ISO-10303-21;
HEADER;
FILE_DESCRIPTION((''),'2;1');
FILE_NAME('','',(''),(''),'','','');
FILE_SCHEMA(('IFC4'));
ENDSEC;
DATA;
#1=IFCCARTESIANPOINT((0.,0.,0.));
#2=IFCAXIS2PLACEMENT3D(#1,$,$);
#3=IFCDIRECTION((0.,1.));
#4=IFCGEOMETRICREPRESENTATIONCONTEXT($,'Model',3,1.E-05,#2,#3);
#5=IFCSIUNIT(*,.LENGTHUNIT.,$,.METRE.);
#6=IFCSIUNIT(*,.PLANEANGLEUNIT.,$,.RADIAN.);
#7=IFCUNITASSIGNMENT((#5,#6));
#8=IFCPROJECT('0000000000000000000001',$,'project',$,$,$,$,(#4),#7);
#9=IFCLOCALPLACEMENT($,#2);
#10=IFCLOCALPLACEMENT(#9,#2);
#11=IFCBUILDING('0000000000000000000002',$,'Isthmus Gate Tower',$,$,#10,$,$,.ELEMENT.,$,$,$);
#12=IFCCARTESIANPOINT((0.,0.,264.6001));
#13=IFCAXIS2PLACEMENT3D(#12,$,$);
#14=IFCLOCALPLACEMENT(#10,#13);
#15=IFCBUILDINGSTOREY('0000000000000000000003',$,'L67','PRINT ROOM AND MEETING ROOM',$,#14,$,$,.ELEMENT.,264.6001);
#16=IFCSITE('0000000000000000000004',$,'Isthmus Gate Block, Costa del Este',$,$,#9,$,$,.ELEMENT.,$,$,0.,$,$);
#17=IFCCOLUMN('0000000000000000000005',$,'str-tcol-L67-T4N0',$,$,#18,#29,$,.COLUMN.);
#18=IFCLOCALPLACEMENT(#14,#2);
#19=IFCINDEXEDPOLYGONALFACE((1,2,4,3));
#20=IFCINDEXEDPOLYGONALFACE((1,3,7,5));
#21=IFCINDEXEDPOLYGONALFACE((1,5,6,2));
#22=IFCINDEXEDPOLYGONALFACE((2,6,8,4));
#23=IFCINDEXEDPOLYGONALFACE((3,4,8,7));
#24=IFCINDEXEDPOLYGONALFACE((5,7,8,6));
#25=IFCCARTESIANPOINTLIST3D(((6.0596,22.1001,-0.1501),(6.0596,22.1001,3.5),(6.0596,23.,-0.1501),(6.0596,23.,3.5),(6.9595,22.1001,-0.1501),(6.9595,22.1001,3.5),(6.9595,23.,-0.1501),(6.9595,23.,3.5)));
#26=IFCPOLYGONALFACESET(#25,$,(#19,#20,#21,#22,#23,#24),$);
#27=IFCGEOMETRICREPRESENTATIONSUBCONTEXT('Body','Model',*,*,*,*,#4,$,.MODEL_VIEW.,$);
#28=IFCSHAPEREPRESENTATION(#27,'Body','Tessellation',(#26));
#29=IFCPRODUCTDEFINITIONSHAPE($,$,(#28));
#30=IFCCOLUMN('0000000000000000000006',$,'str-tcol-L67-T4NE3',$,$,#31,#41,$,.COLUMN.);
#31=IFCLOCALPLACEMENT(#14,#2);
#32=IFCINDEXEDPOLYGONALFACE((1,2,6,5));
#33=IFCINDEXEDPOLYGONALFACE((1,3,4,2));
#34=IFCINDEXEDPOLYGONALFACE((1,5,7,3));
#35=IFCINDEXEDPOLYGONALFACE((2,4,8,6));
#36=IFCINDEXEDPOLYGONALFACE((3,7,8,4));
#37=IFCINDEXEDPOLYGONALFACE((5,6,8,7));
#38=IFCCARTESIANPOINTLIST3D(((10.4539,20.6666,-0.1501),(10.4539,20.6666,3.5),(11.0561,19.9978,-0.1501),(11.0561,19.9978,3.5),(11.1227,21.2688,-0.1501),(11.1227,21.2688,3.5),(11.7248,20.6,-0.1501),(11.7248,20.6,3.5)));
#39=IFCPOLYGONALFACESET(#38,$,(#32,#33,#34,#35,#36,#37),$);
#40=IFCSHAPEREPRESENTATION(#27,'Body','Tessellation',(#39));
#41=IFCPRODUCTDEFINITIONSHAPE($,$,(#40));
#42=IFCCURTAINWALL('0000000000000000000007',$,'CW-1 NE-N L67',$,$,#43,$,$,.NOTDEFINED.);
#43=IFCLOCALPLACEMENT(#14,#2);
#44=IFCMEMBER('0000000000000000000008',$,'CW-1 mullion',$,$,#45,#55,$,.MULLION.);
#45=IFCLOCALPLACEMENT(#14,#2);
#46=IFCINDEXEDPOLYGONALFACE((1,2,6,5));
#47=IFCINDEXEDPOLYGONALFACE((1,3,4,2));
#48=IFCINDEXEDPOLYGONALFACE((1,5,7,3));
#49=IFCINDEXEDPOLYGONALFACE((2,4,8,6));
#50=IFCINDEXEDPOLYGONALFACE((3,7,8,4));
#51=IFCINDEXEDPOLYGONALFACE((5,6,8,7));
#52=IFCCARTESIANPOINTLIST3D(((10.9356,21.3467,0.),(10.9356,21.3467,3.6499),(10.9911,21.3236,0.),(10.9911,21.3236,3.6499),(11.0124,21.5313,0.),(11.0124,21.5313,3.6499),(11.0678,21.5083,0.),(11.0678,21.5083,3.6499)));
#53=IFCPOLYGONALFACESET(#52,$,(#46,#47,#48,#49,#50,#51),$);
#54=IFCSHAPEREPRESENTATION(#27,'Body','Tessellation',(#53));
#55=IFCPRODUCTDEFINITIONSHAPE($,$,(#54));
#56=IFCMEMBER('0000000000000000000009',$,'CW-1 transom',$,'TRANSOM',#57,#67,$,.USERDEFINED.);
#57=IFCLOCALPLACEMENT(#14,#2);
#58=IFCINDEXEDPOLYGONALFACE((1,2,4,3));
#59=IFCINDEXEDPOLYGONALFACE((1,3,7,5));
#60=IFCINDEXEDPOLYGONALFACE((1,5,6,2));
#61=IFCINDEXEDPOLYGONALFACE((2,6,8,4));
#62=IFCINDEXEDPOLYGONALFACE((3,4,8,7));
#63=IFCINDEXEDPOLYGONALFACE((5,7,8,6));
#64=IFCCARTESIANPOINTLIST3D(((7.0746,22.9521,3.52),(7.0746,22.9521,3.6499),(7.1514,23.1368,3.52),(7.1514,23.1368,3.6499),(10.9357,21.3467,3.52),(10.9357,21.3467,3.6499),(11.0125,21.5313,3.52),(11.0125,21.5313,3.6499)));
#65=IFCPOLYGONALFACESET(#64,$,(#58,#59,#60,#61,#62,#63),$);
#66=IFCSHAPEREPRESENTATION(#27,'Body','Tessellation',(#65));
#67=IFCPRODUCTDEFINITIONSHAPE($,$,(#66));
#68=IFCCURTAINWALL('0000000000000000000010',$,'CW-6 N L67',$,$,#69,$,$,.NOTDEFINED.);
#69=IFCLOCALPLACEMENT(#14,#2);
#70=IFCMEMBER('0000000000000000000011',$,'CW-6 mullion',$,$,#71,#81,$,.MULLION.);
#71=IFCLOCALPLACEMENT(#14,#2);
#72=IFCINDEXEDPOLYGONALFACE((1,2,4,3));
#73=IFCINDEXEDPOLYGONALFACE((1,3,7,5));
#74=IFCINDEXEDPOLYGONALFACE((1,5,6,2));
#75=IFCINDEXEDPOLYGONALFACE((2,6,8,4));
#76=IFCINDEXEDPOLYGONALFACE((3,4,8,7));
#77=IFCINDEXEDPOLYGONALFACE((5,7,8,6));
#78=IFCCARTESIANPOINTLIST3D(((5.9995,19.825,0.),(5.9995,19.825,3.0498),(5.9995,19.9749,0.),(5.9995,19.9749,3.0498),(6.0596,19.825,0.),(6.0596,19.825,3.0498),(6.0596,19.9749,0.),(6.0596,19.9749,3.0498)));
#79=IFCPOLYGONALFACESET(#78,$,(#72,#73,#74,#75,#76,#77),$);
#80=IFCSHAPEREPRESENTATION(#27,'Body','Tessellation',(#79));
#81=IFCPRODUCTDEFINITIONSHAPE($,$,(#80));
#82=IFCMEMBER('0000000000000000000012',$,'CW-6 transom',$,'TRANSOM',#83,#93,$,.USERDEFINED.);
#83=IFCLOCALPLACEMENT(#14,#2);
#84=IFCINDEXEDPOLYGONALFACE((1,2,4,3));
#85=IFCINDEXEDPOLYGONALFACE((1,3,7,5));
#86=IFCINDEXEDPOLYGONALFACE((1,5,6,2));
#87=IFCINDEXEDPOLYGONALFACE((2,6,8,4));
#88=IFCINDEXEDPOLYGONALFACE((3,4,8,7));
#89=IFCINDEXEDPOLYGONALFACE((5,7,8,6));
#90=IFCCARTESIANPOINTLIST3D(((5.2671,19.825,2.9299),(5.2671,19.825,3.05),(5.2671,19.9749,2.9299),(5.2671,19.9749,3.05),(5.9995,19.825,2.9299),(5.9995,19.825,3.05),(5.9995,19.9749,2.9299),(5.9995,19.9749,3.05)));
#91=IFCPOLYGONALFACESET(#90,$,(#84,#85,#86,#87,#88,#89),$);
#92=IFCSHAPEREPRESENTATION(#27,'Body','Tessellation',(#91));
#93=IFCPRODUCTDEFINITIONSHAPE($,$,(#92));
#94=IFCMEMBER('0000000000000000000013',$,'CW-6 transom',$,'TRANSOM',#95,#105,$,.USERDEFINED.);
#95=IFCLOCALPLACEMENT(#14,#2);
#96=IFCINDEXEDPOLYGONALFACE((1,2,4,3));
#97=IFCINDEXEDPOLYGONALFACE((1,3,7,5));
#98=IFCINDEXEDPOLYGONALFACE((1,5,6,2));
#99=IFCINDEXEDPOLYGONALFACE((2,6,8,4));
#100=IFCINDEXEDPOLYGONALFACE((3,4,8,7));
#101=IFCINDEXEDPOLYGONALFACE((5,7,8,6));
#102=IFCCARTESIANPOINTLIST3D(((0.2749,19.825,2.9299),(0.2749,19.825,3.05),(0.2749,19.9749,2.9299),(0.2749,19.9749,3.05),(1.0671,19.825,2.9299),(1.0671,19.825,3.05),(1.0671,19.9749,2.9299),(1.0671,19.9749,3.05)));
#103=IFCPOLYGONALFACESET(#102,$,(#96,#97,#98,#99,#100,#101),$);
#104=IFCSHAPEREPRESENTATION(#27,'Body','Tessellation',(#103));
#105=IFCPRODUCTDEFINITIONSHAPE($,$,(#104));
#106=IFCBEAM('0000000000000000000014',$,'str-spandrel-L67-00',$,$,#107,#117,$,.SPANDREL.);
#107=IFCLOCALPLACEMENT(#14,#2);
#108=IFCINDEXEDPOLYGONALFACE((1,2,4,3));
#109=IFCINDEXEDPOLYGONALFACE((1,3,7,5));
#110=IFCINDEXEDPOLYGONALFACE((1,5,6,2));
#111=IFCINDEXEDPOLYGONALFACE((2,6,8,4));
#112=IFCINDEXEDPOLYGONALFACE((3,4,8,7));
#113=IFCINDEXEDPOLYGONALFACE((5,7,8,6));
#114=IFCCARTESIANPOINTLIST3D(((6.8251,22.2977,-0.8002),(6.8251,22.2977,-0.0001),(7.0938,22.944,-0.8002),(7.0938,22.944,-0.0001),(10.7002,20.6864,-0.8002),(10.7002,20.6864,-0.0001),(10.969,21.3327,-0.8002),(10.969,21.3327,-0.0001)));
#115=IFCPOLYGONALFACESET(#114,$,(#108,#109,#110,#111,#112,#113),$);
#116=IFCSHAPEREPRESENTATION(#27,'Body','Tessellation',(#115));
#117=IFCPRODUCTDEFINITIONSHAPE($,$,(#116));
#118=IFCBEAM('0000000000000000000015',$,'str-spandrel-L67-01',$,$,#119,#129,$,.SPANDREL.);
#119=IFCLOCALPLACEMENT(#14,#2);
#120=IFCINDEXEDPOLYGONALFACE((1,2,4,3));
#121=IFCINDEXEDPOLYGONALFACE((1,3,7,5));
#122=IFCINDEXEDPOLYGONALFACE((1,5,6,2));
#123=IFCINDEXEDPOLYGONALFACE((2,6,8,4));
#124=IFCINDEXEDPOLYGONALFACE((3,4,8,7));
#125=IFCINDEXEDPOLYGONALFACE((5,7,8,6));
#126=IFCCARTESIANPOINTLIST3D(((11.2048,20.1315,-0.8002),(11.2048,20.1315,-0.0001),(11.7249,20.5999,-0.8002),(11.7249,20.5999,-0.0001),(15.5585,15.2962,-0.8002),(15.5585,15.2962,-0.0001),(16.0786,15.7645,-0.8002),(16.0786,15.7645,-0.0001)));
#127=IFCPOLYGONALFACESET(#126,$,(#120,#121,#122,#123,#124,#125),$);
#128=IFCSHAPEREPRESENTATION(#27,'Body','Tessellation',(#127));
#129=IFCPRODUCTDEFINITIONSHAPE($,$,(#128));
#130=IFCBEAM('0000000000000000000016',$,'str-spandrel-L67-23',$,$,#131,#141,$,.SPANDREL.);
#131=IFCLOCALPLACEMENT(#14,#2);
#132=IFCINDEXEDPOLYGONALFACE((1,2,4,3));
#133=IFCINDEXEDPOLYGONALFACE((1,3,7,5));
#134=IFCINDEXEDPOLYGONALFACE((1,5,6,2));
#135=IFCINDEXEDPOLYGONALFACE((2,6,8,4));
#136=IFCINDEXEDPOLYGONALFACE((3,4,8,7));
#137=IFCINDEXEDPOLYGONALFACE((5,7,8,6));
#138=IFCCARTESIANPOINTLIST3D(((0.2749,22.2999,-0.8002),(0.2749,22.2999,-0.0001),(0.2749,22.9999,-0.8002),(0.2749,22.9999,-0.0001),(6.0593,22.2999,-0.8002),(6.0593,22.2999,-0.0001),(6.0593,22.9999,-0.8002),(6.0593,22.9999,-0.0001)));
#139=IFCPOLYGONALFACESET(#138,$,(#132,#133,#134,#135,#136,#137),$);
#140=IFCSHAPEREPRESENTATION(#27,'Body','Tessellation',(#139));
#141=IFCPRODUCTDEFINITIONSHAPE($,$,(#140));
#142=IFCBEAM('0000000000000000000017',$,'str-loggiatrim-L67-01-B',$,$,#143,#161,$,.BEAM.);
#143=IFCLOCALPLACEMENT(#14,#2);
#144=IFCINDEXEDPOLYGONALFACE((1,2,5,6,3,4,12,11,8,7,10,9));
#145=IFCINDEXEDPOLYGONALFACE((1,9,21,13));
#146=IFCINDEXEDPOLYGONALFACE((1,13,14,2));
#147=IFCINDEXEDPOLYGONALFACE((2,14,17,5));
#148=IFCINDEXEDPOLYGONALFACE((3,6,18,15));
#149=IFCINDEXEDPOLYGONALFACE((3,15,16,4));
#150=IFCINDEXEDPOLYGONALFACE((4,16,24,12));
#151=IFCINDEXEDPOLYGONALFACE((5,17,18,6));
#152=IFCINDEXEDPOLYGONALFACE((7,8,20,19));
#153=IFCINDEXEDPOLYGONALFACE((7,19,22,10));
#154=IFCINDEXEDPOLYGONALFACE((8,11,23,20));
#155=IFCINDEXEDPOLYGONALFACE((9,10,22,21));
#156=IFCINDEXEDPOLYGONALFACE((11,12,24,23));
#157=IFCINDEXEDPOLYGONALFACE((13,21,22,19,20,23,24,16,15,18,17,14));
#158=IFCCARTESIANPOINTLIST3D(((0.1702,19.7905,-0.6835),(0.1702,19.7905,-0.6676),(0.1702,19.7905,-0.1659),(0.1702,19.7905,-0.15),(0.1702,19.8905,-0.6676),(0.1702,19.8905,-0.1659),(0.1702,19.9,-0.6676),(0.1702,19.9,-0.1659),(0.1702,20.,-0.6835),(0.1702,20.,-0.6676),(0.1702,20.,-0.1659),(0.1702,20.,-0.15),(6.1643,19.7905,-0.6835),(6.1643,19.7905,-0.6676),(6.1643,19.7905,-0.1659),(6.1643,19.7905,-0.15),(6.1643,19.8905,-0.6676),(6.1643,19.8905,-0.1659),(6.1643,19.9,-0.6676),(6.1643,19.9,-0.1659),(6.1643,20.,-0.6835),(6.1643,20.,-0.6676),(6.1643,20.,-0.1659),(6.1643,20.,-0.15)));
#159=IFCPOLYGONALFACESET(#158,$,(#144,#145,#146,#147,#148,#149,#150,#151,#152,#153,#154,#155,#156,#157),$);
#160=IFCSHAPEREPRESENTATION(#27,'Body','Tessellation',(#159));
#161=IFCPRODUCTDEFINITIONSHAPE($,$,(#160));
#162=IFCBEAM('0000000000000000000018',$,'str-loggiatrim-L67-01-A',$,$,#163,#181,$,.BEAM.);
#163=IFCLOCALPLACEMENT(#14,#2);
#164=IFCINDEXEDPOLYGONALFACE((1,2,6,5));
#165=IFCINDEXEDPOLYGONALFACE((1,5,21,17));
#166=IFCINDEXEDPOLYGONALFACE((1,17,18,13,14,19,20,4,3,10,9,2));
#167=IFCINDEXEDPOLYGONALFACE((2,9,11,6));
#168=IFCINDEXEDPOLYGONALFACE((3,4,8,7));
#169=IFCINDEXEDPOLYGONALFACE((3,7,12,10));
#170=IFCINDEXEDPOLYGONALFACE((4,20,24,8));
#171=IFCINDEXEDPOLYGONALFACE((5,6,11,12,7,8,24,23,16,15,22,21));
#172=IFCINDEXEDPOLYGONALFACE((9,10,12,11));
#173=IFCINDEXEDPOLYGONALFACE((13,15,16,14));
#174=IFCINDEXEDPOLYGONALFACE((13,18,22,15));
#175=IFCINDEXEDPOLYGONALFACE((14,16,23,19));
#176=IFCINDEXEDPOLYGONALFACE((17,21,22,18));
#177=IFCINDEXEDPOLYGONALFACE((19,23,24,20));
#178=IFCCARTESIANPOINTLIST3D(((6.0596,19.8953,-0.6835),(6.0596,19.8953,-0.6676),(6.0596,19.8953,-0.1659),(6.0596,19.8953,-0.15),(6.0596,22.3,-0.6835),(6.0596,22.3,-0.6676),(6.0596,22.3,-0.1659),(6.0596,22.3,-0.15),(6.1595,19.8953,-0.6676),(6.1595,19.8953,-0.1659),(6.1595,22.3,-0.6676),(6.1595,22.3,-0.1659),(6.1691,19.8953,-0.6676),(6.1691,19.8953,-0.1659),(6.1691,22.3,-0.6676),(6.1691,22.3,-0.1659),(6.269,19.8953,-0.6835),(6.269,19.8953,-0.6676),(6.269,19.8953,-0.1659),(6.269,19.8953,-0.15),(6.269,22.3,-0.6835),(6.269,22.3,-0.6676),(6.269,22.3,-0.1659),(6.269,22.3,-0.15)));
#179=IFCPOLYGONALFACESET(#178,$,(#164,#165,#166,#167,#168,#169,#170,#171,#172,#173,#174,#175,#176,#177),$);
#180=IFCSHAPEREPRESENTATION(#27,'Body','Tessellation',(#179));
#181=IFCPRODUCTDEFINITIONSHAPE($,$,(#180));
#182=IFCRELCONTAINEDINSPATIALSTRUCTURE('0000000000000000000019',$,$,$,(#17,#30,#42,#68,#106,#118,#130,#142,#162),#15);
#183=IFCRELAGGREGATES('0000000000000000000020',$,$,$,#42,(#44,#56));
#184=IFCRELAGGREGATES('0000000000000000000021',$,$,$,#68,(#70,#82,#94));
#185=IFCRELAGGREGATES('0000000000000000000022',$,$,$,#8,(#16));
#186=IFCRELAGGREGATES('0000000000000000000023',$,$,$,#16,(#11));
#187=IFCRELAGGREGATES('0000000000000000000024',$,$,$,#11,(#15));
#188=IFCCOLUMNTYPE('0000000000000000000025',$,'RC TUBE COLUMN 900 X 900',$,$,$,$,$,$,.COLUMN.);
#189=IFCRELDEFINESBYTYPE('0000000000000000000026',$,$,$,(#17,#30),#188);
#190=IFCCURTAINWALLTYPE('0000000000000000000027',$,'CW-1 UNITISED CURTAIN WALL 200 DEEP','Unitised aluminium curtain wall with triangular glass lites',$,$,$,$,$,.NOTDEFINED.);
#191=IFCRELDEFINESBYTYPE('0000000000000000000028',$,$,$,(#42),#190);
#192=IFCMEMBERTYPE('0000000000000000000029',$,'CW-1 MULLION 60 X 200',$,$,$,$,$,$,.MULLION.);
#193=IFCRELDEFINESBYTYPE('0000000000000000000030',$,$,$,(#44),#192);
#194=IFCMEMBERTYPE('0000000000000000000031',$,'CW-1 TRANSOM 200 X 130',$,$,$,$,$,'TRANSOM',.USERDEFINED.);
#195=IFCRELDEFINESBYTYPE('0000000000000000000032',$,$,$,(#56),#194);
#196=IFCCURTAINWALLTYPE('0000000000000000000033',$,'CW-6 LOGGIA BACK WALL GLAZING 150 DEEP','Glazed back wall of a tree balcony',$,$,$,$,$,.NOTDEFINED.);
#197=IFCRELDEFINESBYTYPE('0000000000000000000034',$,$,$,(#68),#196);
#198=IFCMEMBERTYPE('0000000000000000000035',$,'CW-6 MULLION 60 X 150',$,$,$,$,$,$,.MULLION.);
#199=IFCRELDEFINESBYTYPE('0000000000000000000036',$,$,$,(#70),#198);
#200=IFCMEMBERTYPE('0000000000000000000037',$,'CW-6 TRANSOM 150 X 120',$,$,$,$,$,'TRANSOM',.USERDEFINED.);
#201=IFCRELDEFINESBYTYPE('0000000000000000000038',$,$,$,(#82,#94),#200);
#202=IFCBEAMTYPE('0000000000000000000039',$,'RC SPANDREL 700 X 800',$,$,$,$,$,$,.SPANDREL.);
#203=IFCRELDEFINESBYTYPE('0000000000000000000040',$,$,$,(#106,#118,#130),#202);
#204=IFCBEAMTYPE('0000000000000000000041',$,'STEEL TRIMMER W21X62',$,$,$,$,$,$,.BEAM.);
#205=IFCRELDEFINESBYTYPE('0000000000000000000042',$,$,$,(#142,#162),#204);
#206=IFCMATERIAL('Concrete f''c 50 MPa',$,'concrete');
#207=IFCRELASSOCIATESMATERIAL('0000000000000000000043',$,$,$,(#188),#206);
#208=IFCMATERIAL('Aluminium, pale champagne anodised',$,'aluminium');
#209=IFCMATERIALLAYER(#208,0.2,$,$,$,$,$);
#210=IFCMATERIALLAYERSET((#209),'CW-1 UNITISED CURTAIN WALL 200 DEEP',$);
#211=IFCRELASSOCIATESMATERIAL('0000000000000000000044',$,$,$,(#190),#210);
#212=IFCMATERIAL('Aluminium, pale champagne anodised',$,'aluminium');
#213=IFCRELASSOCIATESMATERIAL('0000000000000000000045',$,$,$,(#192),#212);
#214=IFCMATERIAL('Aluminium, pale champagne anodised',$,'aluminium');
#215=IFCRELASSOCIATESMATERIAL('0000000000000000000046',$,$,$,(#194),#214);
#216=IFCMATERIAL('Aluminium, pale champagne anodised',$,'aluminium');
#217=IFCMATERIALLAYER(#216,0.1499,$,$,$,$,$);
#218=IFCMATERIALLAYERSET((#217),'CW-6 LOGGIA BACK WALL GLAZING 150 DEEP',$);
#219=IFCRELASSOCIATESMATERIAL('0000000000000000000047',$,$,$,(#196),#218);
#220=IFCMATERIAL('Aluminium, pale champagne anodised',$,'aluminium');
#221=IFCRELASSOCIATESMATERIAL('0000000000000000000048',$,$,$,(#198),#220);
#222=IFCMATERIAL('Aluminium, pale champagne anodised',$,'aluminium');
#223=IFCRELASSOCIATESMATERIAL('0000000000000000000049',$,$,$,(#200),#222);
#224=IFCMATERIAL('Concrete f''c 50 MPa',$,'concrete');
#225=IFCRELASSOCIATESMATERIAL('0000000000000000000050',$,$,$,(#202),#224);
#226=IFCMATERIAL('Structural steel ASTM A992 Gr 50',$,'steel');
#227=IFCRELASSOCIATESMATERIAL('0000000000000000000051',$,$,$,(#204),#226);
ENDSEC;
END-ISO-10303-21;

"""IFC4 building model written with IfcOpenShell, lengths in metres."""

from ifc_helpers import new_model, si_unit, direction, frame, origin, origin_2d, place, context, subcontext, project, spatial, rectangle, i_section, extrude, material, layer, layer_set, material_profile, profile_set, type_object, element, aggregate, save


model = new_model("IFC4")

# Units and contexts
model_context = context("Model", 3, precision=1e-05, world=origin(), true_north=direction((0.0, 1.0)))
body_context = subcontext(model_context, "Body", "Model", "MODEL_VIEW")
ifc_project = project(units=[si_unit("LENGTHUNIT", "METRE"), si_unit("PLANEANGLEUNIT", "RADIAN")], contexts=[model_context])

# Site, building, storey
site_placement = place(None, origin())
site = spatial("IfcSite", under=ifc_project, at=site_placement, Name="Isthmus Gate Block, Costa del Este", CompositionType="ELEMENT", RefElevation=0.0)
building_placement = place(site_placement, origin())
building = spatial("IfcBuilding", under=site, at=building_placement, Name="Isthmus Gate Tower", CompositionType="ELEMENT")
storey_placement = place(building_placement, frame((0.0, 0.0, 264.6001)))
storey = spatial("IfcBuildingStorey", under=building, at=storey_placement, Name="L67", Description="PRINT ROOM AND MEETING ROOM", CompositionType="ELEMENT", Elevation=264.6001)

# Columns
ifc_material_1 = material(Name="Concrete f'c 50 MPa", Category="concrete")
ifc_material_profile_1 = material_profile(ifc_material_1, rectangle(XDim=0.8999, YDim=0.8999, at=origin_2d()), Name="RC 900X900")
ifc_profile_set_1 = profile_set([ifc_material_profile_1], Name="Concrete f'c 50 MPa")
column_type = type_object("IfcColumnType", Name="RC TUBE COLUMN 900 X 900", PredefinedType="COLUMN", material=ifc_profile_set_1)
for number, where, z_axis, x_axis, name in (
    (1, (6.5095, 22.55, -0.1501), (0.0, 0.0, 1.0), (-1.0, 0.0, 0.0), "str-tcol-L67-T4N0"),
    (2, (11.0894, 20.6333, -0.1501), (0.0, 0.0, 1.0), (-0.669131, 0.743145, 0.0), "str-tcol-L67-T4NE3"),
):
    element("IfcColumn", number, at=place(storey_placement, frame(where, z_axis=z_axis, x_axis=x_axis)), inside=storey, type_object=column_type, Name=name, PredefinedType="COLUMN", context=body_context, shape_type="SweptSolid", body=[
        extrude(rectangle(XDim=0.8999, YDim=0.8999, at=origin_2d()), origin(), (0.0, 0.0, 1.0), 3.6501),
    ])

# Curtain walls, members
ifc_material_2 = material(Name="Aluminium, pale champagne anodised", Category="aluminium")
ifc_layer_1 = layer(ifc_material_2, 0.2)
ifc_layer_set_1 = layer_set([ifc_layer_1], Name="CW-1 UNITISED CURTAIN WALL 200 DEEP")
curtain_wall_type_1 = type_object("IfcCurtainWallType", Name="CW-1 UNITISED CURTAIN WALL 200 DEEP", Description="Unitised aluminium curtain wall with triangular glass lites", PredefinedType="NOTDEFINED", material=ifc_layer_set_1)
curtain_wall_1_placement = place(storey_placement, origin())
curtain_wall_1 = element("IfcCurtainWall", 3, at=curtain_wall_1_placement, inside=storey, type_object=curtain_wall_type_1, Name="CW-1 NE-N L67", PredefinedType="NOTDEFINED")
ifc_material_3 = material(Name="Aluminium, pale champagne anodised", Category="aluminium")
ifc_material_profile_2 = material_profile(ifc_material_3, rectangle(XDim=0.0601, YDim=0.2, at=origin_2d()), Name="60x200")
ifc_profile_set_2 = profile_set([ifc_material_profile_2], Name="Aluminium, pale champagne anodised")
member_type_1 = type_object("IfcMemberType", Name="CW-1 MULLION 60 X 200", PredefinedType="MULLION", material=ifc_profile_set_2)
member_1_placement = place(storey_placement, frame((11.0017, 21.4275, 0.0), z_axis=(0.0, 0.0, 1.0), x_axis=(-0.923353, 0.383952, 0.0)))
member_1 = element("IfcMember", 4, at=member_1_placement, type_object=member_type_1, Name="CW-1 mullion", PredefinedType="MULLION", context=body_context, shape_type="SweptSolid", body=[
    extrude(rectangle(XDim=0.0601, YDim=0.2, at=origin_2d()), origin(), (0.0, 0.0, 1.0), 3.6499),
])
ifc_material_4 = material(Name="Aluminium, pale champagne anodised", Category="aluminium")
ifc_material_profile_3 = material_profile(ifc_material_4, rectangle(XDim=0.2, YDim=0.1299, at=origin_2d()), Name="200x130")
ifc_profile_set_3 = profile_set([ifc_material_profile_3], Name="Aluminium, pale champagne anodised")
member_type_2 = type_object("IfcMemberType", Name="CW-1 TRANSOM 200 X 130", ElementType="TRANSOM", PredefinedType="USERDEFINED", material=ifc_profile_set_3)
member_2_placement = place(storey_placement, frame((10.9741, 21.439, 3.585), z_axis=(-0.923358, 0.38394, 0.0), x_axis=(-0.38394, -0.923358, 0.0)))
member_2 = element("IfcMember", 5, at=member_2_placement, type_object=member_type_2, Name="CW-1 transom", ObjectType="TRANSOM", PredefinedType="USERDEFINED", context=body_context, shape_type="SweptSolid", body=[
    extrude(rectangle(XDim=0.2, YDim=0.1299, at=origin_2d()), origin(), (0.0, 0.0, 1.0), 4.1816),
])
ifc_material_5 = material(Name="Aluminium, pale champagne anodised", Category="aluminium")
ifc_layer_2 = layer(ifc_material_5, 0.1499)
ifc_layer_set_2 = layer_set([ifc_layer_2], Name="CW-6 LOGGIA BACK WALL GLAZING 150 DEEP")
curtain_wall_type_2 = type_object("IfcCurtainWallType", Name="CW-6 LOGGIA BACK WALL GLAZING 150 DEEP", Description="Glazed back wall of a tree balcony", PredefinedType="NOTDEFINED", material=ifc_layer_set_2)
curtain_wall_2_placement = place(storey_placement, origin())
curtain_wall_2 = element("IfcCurtainWall", 6, at=curtain_wall_2_placement, inside=storey, type_object=curtain_wall_type_2, Name="CW-6 N L67", PredefinedType="NOTDEFINED")
ifc_material_6 = material(Name="Aluminium, pale champagne anodised", Category="aluminium")
ifc_material_profile_4 = material_profile(ifc_material_6, rectangle(XDim=0.0601, YDim=0.1499, at=origin_2d()), Name="60x150")
ifc_profile_set_4 = profile_set([ifc_material_profile_4], Name="Aluminium, pale champagne anodised")
member_type_3 = type_object("IfcMemberType", Name="CW-6 MULLION 60 X 150", PredefinedType="MULLION", material=ifc_profile_set_4)
member_3_placement = place(storey_placement, frame((6.0295, 19.8999, 0.0), z_axis=(0.0, 0.0, 1.0), x_axis=(-1.0, 0.0, 0.0)))
member_3 = element("IfcMember", 7, at=member_3_placement, type_object=member_type_3, Name="CW-6 mullion", PredefinedType="MULLION", context=body_context, shape_type="SweptSolid", body=[
    extrude(rectangle(XDim=0.0601, YDim=0.1499, at=origin_2d()), origin(), (0.0, 0.0, 1.0), 3.0498),
])
ifc_material_7 = material(Name="Aluminium, pale champagne anodised", Category="aluminium")
ifc_material_profile_5 = material_profile(ifc_material_7, rectangle(XDim=0.1499, YDim=0.1201, at=origin_2d()), Name="150x120")
ifc_profile_set_5 = profile_set([ifc_material_profile_5], Name="Aluminium, pale champagne anodised")
member_type_4 = type_object("IfcMemberType", Name="CW-6 TRANSOM 150 X 120", ElementType="TRANSOM", PredefinedType="USERDEFINED", material=ifc_profile_set_5)
member_4_placement = place(storey_placement, frame((5.9995, 19.8999, 2.99), z_axis=(-1.0, 0.0, 0.0), x_axis=(0.0, -1.0, 0.0)))
member_4 = element("IfcMember", 8, at=member_4_placement, type_object=member_type_4, Name="CW-6 transom", ObjectType="TRANSOM", PredefinedType="USERDEFINED", context=body_context, shape_type="SweptSolid", body=[
    extrude(rectangle(XDim=0.1499, YDim=0.1201, at=origin_2d()), origin(), (0.0, 0.0, 1.0), 0.7324),
])
member_5_placement = place(storey_placement, frame((1.0671, 19.8999, 2.99), z_axis=(-1.0, 0.0, 0.0), x_axis=(0.0, -1.0, 0.0)))
member_5 = element("IfcMember", 9, at=member_5_placement, type_object=member_type_4, Name="CW-6 transom", ObjectType="TRANSOM", PredefinedType="USERDEFINED", context=body_context, shape_type="SweptSolid", body=[
    extrude(rectangle(XDim=0.1499, YDim=0.1201, at=origin_2d()), origin(), (0.0, 0.0, 1.0), 0.7922),
])

# Beams
ifc_material_8 = material(Name="Concrete f'c 50 MPa", Category="concrete")
ifc_material_profile_6 = material_profile(ifc_material_8, rectangle(XDim=0.7, YDim=0.8, at=origin_2d()), Name="RC 700X800")
ifc_profile_set_6 = profile_set([ifc_material_profile_6], Name="Concrete f'c 50 MPa")
beam_type_1 = type_object("IfcBeamType", Name="RC SPANDREL 700 X 800", PredefinedType="SPANDREL", material=ifc_profile_set_6)
beam_1_placement = place(storey_placement, frame((6.9595, 22.6208, -0.4001), z_axis=(0.923361, -0.383934, 0.0), x_axis=(0.383934, 0.923361, 0.0)))
element("IfcBeam", 10, at=beam_1_placement, inside=storey, type_object=beam_type_1, Name="str-spandrel-L67-00", PredefinedType="SPANDREL", context=body_context, shape_type="SweptSolid", body=[
    extrude(rectangle(XDim=0.7, YDim=0.8, at=origin_2d()), origin(), (0.0, 0.0, 1.0), 4.1968),
])
beam_2_placement = place(storey_placement, frame((11.4648, 20.3657, -0.4001), z_axis=(0.669122, -0.743152, 0.0), x_axis=(0.743152, 0.669122, 0.0)))
element("IfcBeam", 11, at=beam_2_placement, inside=storey, type_object=beam_type_1, Name="str-spandrel-L67-01", PredefinedType="SPANDREL", context=body_context, shape_type="SweptSolid", body=[
    extrude(rectangle(XDim=0.7, YDim=0.8, at=origin_2d()), origin(), (0.0, 0.0, 1.0), 6.5066),
])
beam_3_placement = place(storey_placement, frame((0.2749, 22.6499, -0.4001), z_axis=(1.0, 0.0, 0.0), x_axis=(0.0, 1.0, 0.0)))
element("IfcBeam", 12, at=beam_3_placement, inside=storey, type_object=beam_type_1, Name="str-spandrel-L67-23", PredefinedType="SPANDREL", context=body_context, shape_type="SweptSolid", body=[
    extrude(rectangle(XDim=0.7, YDim=0.8, at=origin_2d()), origin(), (0.0, 0.0, 1.0), 5.7844),
])
ifc_material_9 = material(Name="Structural steel ASTM A992 Gr 50", Category="steel")
ifc_material_profile_7 = material_profile(ifc_material_9, i_section(OverallWidth=0.2095, OverallDepth=0.5334, WebThickness=0.0095, FlangeThickness=0.0159, at=origin_2d()), Name="W21X62")
ifc_profile_set_7 = profile_set([ifc_material_profile_7], Name="Structural steel ASTM A992 Gr 50")
beam_type_2 = type_object("IfcBeamType", Name="STEEL TRIMMER W21X62", PredefinedType="BEAM", material=ifc_profile_set_7)
beam_4_placement = place(storey_placement, frame((6.1643, 19.8953, -0.4167), z_axis=(-1.0, 0.0, 0.0), x_axis=(0.0, -1.0, 0.0)))
element("IfcBeam", 13, at=beam_4_placement, inside=storey, type_object=beam_type_2, Name="str-loggiatrim-L67-01-B", PredefinedType="BEAM", context=body_context, shape_type="SweptSolid", body=[
    extrude(i_section(OverallWidth=0.2095, OverallDepth=0.5334, WebThickness=0.0095, FlangeThickness=0.0159, at=origin_2d()), origin(), (0.0, 0.0, 1.0), 5.9941),
])
for number, where, z_axis, x_axis, name in (
    (14, (6.1643, 22.3, -0.4167), (0.0, -1.0, 0.0), (1.0, 0.0, 0.0), "str-loggiatrim-L67-01-A"),
):
    element("IfcBeam", number, at=place(storey_placement, frame(where, z_axis=z_axis, x_axis=x_axis)), inside=storey, type_object=beam_type_2, Name=name, PredefinedType="BEAM", context=body_context, shape_type="SweptSolid", body=[
        extrude(i_section(OverallWidth=0.2095, OverallDepth=0.5334, WebThickness=0.0095, FlangeThickness=0.0159, at=origin_2d()), origin(), (0.0, 0.0, 1.0), 2.4048),
    ])

aggregate(curtain_wall_1, [member_1, member_2])
aggregate(curtain_wall_2, [member_3, member_4, member_5])

save(model, "model.ifc")
